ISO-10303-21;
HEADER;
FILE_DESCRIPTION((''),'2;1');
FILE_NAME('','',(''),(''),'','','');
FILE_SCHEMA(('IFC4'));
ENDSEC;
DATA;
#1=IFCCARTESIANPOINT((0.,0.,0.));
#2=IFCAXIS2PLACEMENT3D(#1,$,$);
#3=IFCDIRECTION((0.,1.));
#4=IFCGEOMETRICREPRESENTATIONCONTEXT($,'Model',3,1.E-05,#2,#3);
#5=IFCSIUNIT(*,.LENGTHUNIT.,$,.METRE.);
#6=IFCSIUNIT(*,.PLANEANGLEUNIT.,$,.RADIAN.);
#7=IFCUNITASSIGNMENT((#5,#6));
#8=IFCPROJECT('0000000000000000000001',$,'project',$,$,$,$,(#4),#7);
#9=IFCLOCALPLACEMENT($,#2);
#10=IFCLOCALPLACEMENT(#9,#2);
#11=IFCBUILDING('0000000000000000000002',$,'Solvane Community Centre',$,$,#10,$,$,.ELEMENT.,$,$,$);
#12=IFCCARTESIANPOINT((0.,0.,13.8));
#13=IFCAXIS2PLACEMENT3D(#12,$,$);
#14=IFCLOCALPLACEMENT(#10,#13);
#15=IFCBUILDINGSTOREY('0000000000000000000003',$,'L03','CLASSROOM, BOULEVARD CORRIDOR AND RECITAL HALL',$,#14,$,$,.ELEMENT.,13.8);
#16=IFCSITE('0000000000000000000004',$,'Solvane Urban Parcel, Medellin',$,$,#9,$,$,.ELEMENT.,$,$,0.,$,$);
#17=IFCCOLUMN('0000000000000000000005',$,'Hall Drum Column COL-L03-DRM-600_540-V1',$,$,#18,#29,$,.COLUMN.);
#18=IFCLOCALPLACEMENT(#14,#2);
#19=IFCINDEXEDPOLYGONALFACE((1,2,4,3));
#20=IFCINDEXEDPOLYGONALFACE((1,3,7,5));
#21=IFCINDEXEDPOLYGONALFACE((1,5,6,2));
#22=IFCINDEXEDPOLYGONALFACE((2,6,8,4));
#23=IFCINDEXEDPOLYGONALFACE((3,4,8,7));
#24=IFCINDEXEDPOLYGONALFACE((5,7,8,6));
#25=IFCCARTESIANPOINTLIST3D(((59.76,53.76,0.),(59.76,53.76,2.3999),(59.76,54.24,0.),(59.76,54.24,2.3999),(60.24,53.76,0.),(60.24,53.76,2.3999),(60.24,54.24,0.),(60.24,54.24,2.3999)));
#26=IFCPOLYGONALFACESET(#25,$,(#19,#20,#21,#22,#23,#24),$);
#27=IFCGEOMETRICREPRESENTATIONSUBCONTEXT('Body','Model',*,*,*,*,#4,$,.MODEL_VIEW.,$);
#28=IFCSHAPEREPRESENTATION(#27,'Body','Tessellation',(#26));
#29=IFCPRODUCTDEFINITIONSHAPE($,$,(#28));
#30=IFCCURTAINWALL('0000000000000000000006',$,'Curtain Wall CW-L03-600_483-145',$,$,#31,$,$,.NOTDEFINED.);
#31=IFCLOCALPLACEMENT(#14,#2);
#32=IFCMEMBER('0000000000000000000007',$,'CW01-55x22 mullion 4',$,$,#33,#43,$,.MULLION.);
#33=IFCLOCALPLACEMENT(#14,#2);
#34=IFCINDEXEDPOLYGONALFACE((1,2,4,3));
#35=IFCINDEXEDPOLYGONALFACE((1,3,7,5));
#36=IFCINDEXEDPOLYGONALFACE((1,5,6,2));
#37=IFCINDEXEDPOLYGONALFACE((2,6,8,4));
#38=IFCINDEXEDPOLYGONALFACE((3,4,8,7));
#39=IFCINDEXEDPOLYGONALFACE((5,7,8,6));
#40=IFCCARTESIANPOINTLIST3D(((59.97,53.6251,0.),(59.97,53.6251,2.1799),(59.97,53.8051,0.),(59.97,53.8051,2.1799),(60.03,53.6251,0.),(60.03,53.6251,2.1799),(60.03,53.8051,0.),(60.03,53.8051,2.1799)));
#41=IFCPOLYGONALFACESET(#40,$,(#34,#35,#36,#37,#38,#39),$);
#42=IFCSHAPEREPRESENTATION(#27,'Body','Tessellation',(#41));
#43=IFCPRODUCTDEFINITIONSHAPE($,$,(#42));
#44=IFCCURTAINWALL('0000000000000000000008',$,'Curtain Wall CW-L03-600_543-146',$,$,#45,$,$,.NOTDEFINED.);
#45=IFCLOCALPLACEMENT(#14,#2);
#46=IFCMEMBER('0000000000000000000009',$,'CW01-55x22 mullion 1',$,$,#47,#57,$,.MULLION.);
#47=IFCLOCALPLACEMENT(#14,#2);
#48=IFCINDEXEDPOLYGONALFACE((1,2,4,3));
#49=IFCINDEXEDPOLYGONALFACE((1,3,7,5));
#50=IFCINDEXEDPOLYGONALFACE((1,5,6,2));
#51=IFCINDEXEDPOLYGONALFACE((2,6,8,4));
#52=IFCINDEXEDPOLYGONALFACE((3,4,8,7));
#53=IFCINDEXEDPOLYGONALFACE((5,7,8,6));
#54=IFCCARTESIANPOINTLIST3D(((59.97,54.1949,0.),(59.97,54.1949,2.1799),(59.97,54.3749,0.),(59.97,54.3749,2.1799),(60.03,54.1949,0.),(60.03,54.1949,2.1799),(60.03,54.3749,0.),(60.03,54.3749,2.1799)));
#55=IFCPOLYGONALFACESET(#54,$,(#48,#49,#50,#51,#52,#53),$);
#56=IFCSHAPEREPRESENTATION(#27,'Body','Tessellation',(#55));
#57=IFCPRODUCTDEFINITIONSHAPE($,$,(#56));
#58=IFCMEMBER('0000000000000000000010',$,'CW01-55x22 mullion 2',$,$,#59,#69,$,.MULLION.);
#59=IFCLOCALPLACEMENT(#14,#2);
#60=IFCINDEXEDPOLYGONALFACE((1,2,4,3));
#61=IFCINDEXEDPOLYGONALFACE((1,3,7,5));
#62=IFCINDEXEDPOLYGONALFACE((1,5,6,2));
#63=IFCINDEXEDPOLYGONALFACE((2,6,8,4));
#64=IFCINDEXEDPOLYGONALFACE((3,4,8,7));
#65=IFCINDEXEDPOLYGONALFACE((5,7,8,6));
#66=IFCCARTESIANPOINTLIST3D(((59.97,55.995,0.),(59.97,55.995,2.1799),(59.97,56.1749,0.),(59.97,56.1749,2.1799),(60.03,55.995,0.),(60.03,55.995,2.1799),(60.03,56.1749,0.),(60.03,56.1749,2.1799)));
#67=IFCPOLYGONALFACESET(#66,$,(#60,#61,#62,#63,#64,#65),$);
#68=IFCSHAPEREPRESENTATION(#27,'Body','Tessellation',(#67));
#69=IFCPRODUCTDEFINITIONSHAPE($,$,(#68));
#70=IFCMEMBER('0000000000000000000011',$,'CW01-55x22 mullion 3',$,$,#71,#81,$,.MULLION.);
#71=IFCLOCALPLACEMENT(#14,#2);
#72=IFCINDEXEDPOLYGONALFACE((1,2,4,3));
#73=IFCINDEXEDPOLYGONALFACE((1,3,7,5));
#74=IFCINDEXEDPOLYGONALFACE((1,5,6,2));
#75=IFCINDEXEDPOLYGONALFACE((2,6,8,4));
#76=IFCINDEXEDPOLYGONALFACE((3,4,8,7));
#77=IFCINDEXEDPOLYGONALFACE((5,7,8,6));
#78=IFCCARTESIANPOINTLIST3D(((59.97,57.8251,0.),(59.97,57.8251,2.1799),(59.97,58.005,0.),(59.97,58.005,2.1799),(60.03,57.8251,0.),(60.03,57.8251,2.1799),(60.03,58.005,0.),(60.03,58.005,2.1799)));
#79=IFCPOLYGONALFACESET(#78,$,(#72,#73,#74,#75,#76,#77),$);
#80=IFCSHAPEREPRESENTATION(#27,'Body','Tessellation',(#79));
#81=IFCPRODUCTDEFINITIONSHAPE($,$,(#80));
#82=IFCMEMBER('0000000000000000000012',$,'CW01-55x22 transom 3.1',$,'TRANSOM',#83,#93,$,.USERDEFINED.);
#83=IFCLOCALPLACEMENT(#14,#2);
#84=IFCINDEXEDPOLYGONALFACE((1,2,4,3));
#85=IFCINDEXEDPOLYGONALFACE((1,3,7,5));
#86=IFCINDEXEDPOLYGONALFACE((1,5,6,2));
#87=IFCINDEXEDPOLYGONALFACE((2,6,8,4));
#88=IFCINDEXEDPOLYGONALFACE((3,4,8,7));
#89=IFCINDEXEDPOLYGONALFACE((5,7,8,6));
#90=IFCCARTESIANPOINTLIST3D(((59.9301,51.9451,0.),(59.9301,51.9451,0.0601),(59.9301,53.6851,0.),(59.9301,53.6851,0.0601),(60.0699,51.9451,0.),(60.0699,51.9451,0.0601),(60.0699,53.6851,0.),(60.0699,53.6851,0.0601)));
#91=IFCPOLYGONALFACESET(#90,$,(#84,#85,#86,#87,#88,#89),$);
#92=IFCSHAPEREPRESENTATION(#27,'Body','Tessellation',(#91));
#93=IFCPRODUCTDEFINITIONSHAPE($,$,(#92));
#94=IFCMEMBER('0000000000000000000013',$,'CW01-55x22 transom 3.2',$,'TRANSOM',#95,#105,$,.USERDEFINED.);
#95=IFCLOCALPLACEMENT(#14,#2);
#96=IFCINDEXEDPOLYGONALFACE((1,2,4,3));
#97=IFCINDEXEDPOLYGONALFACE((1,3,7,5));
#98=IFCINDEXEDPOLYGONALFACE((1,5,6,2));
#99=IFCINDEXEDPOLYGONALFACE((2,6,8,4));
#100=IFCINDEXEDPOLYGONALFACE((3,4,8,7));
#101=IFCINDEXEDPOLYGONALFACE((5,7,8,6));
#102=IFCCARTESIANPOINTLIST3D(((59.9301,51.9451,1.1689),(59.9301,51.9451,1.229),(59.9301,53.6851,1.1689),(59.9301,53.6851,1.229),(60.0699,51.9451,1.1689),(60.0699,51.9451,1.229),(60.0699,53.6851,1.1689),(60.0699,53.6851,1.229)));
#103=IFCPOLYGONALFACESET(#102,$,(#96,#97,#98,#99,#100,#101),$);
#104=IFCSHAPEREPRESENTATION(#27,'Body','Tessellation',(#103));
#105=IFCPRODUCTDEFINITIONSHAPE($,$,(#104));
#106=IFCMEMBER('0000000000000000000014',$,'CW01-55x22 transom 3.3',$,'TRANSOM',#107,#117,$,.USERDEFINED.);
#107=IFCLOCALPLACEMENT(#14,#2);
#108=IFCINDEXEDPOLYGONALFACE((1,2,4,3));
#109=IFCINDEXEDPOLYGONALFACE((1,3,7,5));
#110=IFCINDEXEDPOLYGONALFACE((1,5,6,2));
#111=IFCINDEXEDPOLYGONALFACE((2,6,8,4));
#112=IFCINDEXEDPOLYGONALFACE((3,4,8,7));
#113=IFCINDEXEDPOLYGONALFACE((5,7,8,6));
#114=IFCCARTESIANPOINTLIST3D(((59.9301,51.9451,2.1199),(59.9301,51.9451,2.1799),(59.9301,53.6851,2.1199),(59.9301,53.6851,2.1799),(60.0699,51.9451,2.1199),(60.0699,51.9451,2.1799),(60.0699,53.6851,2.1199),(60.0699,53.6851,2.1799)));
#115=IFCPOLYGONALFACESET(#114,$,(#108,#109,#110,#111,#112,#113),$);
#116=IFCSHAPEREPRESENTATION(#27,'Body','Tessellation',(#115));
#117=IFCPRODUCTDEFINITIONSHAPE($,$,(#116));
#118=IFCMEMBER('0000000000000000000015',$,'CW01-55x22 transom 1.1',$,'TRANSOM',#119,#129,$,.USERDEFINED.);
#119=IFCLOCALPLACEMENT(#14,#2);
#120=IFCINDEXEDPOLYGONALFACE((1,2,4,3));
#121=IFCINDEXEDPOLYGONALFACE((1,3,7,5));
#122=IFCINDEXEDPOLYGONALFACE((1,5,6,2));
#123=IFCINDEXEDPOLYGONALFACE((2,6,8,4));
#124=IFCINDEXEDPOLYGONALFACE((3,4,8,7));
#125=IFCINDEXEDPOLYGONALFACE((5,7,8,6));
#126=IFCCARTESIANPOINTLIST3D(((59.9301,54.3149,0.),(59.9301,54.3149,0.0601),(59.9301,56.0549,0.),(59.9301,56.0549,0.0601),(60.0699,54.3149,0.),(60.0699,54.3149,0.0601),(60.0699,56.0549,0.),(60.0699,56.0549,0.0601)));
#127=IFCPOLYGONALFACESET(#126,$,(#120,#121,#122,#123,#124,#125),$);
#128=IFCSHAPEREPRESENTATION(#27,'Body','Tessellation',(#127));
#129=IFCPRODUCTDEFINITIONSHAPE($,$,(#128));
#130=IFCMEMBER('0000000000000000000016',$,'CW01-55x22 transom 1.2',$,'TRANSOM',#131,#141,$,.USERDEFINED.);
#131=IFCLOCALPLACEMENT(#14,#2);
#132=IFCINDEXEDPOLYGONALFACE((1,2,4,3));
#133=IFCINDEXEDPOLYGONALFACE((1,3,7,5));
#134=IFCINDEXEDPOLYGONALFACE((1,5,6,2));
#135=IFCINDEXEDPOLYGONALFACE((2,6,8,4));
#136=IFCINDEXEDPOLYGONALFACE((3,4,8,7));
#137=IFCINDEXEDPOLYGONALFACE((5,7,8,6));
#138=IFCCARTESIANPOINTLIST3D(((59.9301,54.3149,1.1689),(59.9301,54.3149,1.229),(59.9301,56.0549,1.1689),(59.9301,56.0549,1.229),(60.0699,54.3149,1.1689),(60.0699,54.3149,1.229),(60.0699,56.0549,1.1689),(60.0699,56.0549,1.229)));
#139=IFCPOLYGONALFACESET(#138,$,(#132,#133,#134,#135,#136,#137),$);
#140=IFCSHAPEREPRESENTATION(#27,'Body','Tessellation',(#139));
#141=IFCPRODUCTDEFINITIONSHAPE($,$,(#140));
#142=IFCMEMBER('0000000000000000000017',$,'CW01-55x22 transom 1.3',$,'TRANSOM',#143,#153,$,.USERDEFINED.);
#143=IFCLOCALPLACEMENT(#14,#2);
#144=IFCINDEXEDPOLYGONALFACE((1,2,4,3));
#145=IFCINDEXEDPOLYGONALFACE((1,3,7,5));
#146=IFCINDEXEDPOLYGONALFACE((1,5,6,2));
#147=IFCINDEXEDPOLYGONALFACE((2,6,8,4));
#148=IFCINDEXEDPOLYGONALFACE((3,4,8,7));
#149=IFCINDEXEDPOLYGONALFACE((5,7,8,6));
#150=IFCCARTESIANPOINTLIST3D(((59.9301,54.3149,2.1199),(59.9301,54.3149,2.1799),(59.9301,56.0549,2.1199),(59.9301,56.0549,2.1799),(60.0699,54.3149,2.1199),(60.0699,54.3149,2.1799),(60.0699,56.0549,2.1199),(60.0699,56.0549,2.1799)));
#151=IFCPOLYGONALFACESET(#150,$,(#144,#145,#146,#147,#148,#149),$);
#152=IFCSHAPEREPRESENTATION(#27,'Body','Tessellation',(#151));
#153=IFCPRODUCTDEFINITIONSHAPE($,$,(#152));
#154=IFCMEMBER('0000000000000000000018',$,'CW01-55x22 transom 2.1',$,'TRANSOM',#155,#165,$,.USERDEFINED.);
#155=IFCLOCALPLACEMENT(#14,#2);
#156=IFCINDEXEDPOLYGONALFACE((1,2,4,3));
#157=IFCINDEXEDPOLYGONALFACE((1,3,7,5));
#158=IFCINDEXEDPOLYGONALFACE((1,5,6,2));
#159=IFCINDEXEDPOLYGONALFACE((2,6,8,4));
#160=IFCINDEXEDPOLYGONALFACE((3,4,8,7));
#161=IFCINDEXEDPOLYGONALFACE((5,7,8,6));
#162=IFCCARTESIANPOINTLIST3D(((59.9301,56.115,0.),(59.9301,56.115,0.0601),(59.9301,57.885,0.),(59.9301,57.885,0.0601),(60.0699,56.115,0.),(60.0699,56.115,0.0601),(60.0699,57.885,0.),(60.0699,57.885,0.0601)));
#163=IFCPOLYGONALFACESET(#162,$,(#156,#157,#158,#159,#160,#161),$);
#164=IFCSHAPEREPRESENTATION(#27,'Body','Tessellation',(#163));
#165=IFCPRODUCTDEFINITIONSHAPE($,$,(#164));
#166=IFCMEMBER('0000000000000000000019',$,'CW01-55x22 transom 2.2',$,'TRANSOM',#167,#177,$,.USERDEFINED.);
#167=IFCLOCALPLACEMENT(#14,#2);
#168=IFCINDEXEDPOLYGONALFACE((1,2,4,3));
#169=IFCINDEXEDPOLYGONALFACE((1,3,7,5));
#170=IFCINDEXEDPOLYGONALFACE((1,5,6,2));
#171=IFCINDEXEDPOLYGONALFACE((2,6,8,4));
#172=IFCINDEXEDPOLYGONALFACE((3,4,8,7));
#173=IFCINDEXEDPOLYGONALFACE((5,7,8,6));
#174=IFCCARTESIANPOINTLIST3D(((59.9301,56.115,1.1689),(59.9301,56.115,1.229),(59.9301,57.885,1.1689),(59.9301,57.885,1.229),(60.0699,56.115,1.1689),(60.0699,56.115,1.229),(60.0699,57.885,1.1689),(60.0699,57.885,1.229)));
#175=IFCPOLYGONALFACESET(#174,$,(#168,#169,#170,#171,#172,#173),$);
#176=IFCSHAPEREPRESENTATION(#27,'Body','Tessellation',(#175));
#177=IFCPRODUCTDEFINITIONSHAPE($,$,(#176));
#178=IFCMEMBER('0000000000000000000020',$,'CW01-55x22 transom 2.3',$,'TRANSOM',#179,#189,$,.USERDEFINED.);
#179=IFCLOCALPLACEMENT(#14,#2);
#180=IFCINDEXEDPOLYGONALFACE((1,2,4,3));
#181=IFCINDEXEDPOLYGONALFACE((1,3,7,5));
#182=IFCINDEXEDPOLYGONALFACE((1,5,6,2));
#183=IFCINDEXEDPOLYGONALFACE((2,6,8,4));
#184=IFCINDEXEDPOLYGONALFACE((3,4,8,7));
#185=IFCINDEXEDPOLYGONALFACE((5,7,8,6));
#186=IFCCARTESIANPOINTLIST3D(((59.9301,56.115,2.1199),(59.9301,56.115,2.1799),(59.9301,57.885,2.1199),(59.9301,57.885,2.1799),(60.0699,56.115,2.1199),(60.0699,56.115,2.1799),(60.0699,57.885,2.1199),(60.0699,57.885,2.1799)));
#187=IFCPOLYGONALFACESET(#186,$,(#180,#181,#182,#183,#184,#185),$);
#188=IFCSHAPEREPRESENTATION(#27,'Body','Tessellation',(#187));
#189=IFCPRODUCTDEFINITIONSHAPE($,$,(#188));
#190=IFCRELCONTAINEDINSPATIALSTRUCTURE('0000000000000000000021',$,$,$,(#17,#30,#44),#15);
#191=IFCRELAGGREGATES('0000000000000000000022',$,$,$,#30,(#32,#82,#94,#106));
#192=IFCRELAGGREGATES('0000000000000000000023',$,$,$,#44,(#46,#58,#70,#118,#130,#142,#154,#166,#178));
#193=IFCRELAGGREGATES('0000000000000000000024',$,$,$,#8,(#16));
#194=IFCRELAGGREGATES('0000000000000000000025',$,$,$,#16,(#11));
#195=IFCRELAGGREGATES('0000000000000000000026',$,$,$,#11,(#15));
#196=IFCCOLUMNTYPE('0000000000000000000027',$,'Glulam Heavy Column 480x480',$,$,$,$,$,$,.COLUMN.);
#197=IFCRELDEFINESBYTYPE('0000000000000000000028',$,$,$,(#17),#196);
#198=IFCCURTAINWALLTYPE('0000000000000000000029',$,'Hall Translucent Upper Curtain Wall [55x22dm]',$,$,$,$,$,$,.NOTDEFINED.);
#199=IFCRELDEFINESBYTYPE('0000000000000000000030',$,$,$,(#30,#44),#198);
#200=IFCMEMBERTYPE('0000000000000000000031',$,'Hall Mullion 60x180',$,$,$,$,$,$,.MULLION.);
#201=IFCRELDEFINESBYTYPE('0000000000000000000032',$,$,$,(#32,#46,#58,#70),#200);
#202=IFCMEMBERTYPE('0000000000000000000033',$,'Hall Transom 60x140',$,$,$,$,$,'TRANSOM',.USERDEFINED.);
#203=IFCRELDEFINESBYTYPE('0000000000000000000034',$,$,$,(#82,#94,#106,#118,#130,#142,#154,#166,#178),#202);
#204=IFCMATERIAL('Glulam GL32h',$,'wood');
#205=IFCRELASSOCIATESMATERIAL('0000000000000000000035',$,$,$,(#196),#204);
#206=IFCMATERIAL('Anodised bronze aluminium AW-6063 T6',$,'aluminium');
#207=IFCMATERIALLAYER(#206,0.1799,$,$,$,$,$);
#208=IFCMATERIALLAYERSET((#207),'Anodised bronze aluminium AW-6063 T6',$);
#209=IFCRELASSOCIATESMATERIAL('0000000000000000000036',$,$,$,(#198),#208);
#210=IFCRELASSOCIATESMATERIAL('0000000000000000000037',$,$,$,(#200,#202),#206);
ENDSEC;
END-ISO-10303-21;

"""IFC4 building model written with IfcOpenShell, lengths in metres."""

from ifc_helpers import new_model, si_unit, direction, frame, origin, origin_2d, place, context, subcontext, project, spatial, rectangle, extrude, material, layer, layer_set, material_profile, profile_set, type_object, element, aggregate, save


model = new_model("IFC4")

# Units and contexts
model_context = context("Model", 3, precision=1e-05, world=origin(), true_north=direction((0.0, 1.0)))
body_context = subcontext(model_context, "Body", "Model", "MODEL_VIEW")
ifc_project = project(units=[si_unit("LENGTHUNIT", "METRE"), si_unit("PLANEANGLEUNIT", "RADIAN")], contexts=[model_context])

# Site, building, storey
site_placement = place(None, origin())
site = spatial("IfcSite", under=ifc_project, at=site_placement, Name="Solvane Urban Parcel, Medellin", CompositionType="ELEMENT", RefElevation=0.0)
building_placement = place(site_placement, origin())
building = spatial("IfcBuilding", under=site, at=building_placement, Name="Solvane Community Centre", CompositionType="ELEMENT")
storey_placement = place(building_placement, frame((0.0, 0.0, 13.8)))
storey = spatial("IfcBuildingStorey", under=building, at=storey_placement, Name="L03", Description="CLASSROOM, BOULEVARD CORRIDOR AND RECITAL HALL", CompositionType="ELEMENT", Elevation=13.8)

# Column
ifc_material_1 = material(Name="Glulam GL32h", Category="wood")
ifc_material_profile_1 = material_profile(ifc_material_1, rectangle(XDim=0.48, YDim=0.48, at=origin_2d()), Name="GL32h 480x480")
ifc_profile_set_1 = profile_set([ifc_material_profile_1], Name="Glulam GL32h")
column_type = type_object("IfcColumnType", Name="Glulam Heavy Column 480x480", PredefinedType="COLUMN", material=ifc_profile_set_1)
column_placement = place(storey_placement, frame((60.0, 54.0, 0.0), z_axis=(0.0, 0.0, 1.0), x_axis=(1.0, 0.0, 0.0)))
element("IfcColumn", 1, at=column_placement, inside=storey, type_object=column_type, Name="Hall Drum Column COL-L03-DRM-600_540-V1", PredefinedType="COLUMN", context=body_context, shape_type="SweptSolid", body=[
    extrude(rectangle(XDim=0.48, YDim=0.48, at=origin_2d()), origin(), (0.0, 0.0, 1.0), 2.3999),
])

# Curtain wall, member
ifc_material_2 = material(Name="Anodised bronze aluminium AW-6063 T6", Category="aluminium")
ifc_layer_1 = layer(ifc_material_2, 0.1799)
ifc_layer_set_1 = layer_set([ifc_layer_1], Name="Anodised bronze aluminium AW-6063 T6")
curtain_wall_type = type_object("IfcCurtainWallType", Name="Hall Translucent Upper Curtain Wall [55x22dm]", PredefinedType="NOTDEFINED", material=ifc_layer_set_1)
curtain_wall_1_placement = place(storey_placement, origin())
curtain_wall_1 = element("IfcCurtainWall", 2, at=curtain_wall_1_placement, inside=storey, type_object=curtain_wall_type, Name="Curtain Wall CW-L03-600_483-145", PredefinedType="NOTDEFINED")
ifc_material_profile_2 = material_profile(ifc_material_2, rectangle(XDim=0.0601, YDim=0.1799, at=origin_2d()), Name="CW-M 60x180")
ifc_profile_set_2 = profile_set([ifc_material_profile_2], Name="Anodised bronze aluminium AW-6063 T6")
member_type_1 = type_object("IfcMemberType", Name="Hall Mullion 60x180", PredefinedType="MULLION", material=ifc_profile_set_2)
member_1_placement = place(storey_placement, frame((60.0, 53.7151, 0.0), z_axis=(0.0, 0.0, 1.0), x_axis=(-1.0, 0.0, 0.0)))
member_1 = element("IfcMember", 3, at=member_1_placement, type_object=member_type_1, Name="CW01-55x22 mullion 4", PredefinedType="MULLION", context=body_context, shape_type="SweptSolid", body=[
    extrude(rectangle(XDim=0.0601, YDim=0.1799, at=origin_2d()), origin(), (0.0, 0.0, 1.0), 2.1799),
])

# Curtain wall, members
curtain_wall_2_placement = place(storey_placement, origin())
curtain_wall_2 = element("IfcCurtainWall", 4, at=curtain_wall_2_placement, inside=storey, type_object=curtain_wall_type, Name="Curtain Wall CW-L03-600_543-146", PredefinedType="NOTDEFINED")
member_2_placement = place(storey_placement, frame((60.0, 54.2849, 0.0), z_axis=(0.0, 0.0, 1.0), x_axis=(-1.0, 0.0, 0.0)))
member_2 = element("IfcMember", 5, at=member_2_placement, type_object=member_type_1, Name="CW01-55x22 mullion 1", PredefinedType="MULLION", context=body_context, shape_type="SweptSolid", body=[
    extrude(rectangle(XDim=0.0601, YDim=0.1799, at=origin_2d()), origin(), (0.0, 0.0, 1.0), 2.1799),
])
member_3_placement = place(storey_placement, frame((60.0, 56.085, 0.0), z_axis=(0.0, 0.0, 1.0), x_axis=(-1.0, 0.0, 0.0)))
member_3 = element("IfcMember", 6, at=member_3_placement, type_object=member_type_1, Name="CW01-55x22 mullion 2", PredefinedType="MULLION", context=body_context, shape_type="SweptSolid", body=[
    extrude(rectangle(XDim=0.0601, YDim=0.1799, at=origin_2d()), origin(), (0.0, 0.0, 1.0), 2.1799),
])
member_4_placement = place(storey_placement, frame((60.0, 57.915, 0.0), z_axis=(0.0, 0.0, 1.0), x_axis=(-1.0, 0.0, 0.0)))
member_4 = element("IfcMember", 7, at=member_4_placement, type_object=member_type_1, Name="CW01-55x22 mullion 3", PredefinedType="MULLION", context=body_context, shape_type="SweptSolid", body=[
    extrude(rectangle(XDim=0.0601, YDim=0.1799, at=origin_2d()), origin(), (0.0, 0.0, 1.0), 2.1799),
])

# Members
ifc_material_profile_3 = material_profile(ifc_material_2, rectangle(XDim=0.1399, YDim=0.0601, at=origin_2d()), Name="CW-T 60x140")
ifc_profile_set_3 = profile_set([ifc_material_profile_3], Name="Anodised bronze aluminium AW-6063 T6")
member_type_2 = type_object("IfcMemberType", Name="Hall Transom 60x140", ElementType="TRANSOM", PredefinedType="USERDEFINED", material=ifc_profile_set_3)
member_5_placement = place(storey_placement, frame((60.0, 51.9451, 0.03), z_axis=(0.0, 1.0, 0.0), x_axis=(-1.0, 0.0, 0.0)))
member_5 = element("IfcMember", 8, at=member_5_placement, type_object=member_type_2, Name="CW01-55x22 transom 3.1", ObjectType="TRANSOM", PredefinedType="USERDEFINED", context=body_context, shape_type="SweptSolid", body=[
    extrude(rectangle(XDim=0.1399, YDim=0.0601, at=origin_2d()), origin(), (0.0, 0.0, 1.0), 1.74),
])
member_6_placement = place(storey_placement, frame((60.0, 51.9451, 1.199), z_axis=(0.0, 1.0, 0.0), x_axis=(-1.0, 0.0, 0.0)))
member_6 = element("IfcMember", 9, at=member_6_placement, type_object=member_type_2, Name="CW01-55x22 transom 3.2", ObjectType="TRANSOM", PredefinedType="USERDEFINED", context=body_context, shape_type="SweptSolid", body=[
    extrude(rectangle(XDim=0.1399, YDim=0.0601, at=origin_2d()), origin(), (0.0, 0.0, 1.0), 1.74),
])
member_7_placement = place(storey_placement, frame((60.0, 51.9451, 2.1499), z_axis=(0.0, 1.0, 0.0), x_axis=(-1.0, 0.0, 0.0)))
member_7 = element("IfcMember", 10, at=member_7_placement, type_object=member_type_2, Name="CW01-55x22 transom 3.3", ObjectType="TRANSOM", PredefinedType="USERDEFINED", context=body_context, shape_type="SweptSolid", body=[
    extrude(rectangle(XDim=0.1399, YDim=0.0601, at=origin_2d()), origin(), (0.0, 0.0, 1.0), 1.74),
])
member_8_placement = place(storey_placement, frame((60.0, 54.3149, 0.03), z_axis=(0.0, 1.0, 0.0), x_axis=(-1.0, 0.0, 0.0)))
member_8 = element("IfcMember", 11, at=member_8_placement, type_object=member_type_2, Name="CW01-55x22 transom 1.1", ObjectType="TRANSOM", PredefinedType="USERDEFINED", context=body_context, shape_type="SweptSolid", body=[
    extrude(rectangle(XDim=0.1399, YDim=0.0601, at=origin_2d()), origin(), (0.0, 0.0, 1.0), 1.74),
])
member_9_placement = place(storey_placement, frame((60.0, 54.3149, 1.199), z_axis=(0.0, 1.0, 0.0), x_axis=(-1.0, 0.0, 0.0)))
member_9 = element("IfcMember", 12, at=member_9_placement, type_object=member_type_2, Name="CW01-55x22 transom 1.2", ObjectType="TRANSOM", PredefinedType="USERDEFINED", context=body_context, shape_type="SweptSolid", body=[
    extrude(rectangle(XDim=0.1399, YDim=0.0601, at=origin_2d()), origin(), (0.0, 0.0, 1.0), 1.74),
])
member_10_placement = place(storey_placement, frame((60.0, 54.3149, 2.1499), z_axis=(0.0, 1.0, 0.0), x_axis=(-1.0, 0.0, 0.0)))
member_10 = element("IfcMember", 13, at=member_10_placement, type_object=member_type_2, Name="CW01-55x22 transom 1.3", ObjectType="TRANSOM", PredefinedType="USERDEFINED", context=body_context, shape_type="SweptSolid", body=[
    extrude(rectangle(XDim=0.1399, YDim=0.0601, at=origin_2d()), origin(), (0.0, 0.0, 1.0), 1.74),
])
member_11_placement = place(storey_placement, frame((60.0, 56.115, 0.03), z_axis=(0.0, 1.0, 0.0), x_axis=(-1.0, 0.0, 0.0)))
member_11 = element("IfcMember", 14, at=member_11_placement, type_object=member_type_2, Name="CW01-55x22 transom 2.1", ObjectType="TRANSOM", PredefinedType="USERDEFINED", context=body_context, shape_type="SweptSolid", body=[
    extrude(rectangle(XDim=0.1399, YDim=0.0601, at=origin_2d()), origin(), (0.0, 0.0, 1.0), 1.77),
])
member_12_placement = place(storey_placement, frame((60.0, 56.115, 1.199), z_axis=(0.0, 1.0, 0.0), x_axis=(-1.0, 0.0, 0.0)))
member_12 = element("IfcMember", 15, at=member_12_placement, type_object=member_type_2, Name="CW01-55x22 transom 2.2", ObjectType="TRANSOM", PredefinedType="USERDEFINED", context=body_context, shape_type="SweptSolid", body=[
    extrude(rectangle(XDim=0.1399, YDim=0.0601, at=origin_2d()), origin(), (0.0, 0.0, 1.0), 1.77),
])
member_13_placement = place(storey_placement, frame((60.0, 56.115, 2.1499), z_axis=(0.0, 1.0, 0.0), x_axis=(-1.0, 0.0, 0.0)))
member_13 = element("IfcMember", 16, at=member_13_placement, type_object=member_type_2, Name="CW01-55x22 transom 2.3", ObjectType="TRANSOM", PredefinedType="USERDEFINED", context=body_context, shape_type="SweptSolid", body=[
    extrude(rectangle(XDim=0.1399, YDim=0.0601, at=origin_2d()), origin(), (0.0, 0.0, 1.0), 1.77),
])

aggregate(curtain_wall_1, [member_1, member_5, member_6, member_7])
aggregate(curtain_wall_2, [member_2, member_3, member_4, member_8, member_9, member_10, member_11, member_12, member_13])

save(model, "model.ifc")
